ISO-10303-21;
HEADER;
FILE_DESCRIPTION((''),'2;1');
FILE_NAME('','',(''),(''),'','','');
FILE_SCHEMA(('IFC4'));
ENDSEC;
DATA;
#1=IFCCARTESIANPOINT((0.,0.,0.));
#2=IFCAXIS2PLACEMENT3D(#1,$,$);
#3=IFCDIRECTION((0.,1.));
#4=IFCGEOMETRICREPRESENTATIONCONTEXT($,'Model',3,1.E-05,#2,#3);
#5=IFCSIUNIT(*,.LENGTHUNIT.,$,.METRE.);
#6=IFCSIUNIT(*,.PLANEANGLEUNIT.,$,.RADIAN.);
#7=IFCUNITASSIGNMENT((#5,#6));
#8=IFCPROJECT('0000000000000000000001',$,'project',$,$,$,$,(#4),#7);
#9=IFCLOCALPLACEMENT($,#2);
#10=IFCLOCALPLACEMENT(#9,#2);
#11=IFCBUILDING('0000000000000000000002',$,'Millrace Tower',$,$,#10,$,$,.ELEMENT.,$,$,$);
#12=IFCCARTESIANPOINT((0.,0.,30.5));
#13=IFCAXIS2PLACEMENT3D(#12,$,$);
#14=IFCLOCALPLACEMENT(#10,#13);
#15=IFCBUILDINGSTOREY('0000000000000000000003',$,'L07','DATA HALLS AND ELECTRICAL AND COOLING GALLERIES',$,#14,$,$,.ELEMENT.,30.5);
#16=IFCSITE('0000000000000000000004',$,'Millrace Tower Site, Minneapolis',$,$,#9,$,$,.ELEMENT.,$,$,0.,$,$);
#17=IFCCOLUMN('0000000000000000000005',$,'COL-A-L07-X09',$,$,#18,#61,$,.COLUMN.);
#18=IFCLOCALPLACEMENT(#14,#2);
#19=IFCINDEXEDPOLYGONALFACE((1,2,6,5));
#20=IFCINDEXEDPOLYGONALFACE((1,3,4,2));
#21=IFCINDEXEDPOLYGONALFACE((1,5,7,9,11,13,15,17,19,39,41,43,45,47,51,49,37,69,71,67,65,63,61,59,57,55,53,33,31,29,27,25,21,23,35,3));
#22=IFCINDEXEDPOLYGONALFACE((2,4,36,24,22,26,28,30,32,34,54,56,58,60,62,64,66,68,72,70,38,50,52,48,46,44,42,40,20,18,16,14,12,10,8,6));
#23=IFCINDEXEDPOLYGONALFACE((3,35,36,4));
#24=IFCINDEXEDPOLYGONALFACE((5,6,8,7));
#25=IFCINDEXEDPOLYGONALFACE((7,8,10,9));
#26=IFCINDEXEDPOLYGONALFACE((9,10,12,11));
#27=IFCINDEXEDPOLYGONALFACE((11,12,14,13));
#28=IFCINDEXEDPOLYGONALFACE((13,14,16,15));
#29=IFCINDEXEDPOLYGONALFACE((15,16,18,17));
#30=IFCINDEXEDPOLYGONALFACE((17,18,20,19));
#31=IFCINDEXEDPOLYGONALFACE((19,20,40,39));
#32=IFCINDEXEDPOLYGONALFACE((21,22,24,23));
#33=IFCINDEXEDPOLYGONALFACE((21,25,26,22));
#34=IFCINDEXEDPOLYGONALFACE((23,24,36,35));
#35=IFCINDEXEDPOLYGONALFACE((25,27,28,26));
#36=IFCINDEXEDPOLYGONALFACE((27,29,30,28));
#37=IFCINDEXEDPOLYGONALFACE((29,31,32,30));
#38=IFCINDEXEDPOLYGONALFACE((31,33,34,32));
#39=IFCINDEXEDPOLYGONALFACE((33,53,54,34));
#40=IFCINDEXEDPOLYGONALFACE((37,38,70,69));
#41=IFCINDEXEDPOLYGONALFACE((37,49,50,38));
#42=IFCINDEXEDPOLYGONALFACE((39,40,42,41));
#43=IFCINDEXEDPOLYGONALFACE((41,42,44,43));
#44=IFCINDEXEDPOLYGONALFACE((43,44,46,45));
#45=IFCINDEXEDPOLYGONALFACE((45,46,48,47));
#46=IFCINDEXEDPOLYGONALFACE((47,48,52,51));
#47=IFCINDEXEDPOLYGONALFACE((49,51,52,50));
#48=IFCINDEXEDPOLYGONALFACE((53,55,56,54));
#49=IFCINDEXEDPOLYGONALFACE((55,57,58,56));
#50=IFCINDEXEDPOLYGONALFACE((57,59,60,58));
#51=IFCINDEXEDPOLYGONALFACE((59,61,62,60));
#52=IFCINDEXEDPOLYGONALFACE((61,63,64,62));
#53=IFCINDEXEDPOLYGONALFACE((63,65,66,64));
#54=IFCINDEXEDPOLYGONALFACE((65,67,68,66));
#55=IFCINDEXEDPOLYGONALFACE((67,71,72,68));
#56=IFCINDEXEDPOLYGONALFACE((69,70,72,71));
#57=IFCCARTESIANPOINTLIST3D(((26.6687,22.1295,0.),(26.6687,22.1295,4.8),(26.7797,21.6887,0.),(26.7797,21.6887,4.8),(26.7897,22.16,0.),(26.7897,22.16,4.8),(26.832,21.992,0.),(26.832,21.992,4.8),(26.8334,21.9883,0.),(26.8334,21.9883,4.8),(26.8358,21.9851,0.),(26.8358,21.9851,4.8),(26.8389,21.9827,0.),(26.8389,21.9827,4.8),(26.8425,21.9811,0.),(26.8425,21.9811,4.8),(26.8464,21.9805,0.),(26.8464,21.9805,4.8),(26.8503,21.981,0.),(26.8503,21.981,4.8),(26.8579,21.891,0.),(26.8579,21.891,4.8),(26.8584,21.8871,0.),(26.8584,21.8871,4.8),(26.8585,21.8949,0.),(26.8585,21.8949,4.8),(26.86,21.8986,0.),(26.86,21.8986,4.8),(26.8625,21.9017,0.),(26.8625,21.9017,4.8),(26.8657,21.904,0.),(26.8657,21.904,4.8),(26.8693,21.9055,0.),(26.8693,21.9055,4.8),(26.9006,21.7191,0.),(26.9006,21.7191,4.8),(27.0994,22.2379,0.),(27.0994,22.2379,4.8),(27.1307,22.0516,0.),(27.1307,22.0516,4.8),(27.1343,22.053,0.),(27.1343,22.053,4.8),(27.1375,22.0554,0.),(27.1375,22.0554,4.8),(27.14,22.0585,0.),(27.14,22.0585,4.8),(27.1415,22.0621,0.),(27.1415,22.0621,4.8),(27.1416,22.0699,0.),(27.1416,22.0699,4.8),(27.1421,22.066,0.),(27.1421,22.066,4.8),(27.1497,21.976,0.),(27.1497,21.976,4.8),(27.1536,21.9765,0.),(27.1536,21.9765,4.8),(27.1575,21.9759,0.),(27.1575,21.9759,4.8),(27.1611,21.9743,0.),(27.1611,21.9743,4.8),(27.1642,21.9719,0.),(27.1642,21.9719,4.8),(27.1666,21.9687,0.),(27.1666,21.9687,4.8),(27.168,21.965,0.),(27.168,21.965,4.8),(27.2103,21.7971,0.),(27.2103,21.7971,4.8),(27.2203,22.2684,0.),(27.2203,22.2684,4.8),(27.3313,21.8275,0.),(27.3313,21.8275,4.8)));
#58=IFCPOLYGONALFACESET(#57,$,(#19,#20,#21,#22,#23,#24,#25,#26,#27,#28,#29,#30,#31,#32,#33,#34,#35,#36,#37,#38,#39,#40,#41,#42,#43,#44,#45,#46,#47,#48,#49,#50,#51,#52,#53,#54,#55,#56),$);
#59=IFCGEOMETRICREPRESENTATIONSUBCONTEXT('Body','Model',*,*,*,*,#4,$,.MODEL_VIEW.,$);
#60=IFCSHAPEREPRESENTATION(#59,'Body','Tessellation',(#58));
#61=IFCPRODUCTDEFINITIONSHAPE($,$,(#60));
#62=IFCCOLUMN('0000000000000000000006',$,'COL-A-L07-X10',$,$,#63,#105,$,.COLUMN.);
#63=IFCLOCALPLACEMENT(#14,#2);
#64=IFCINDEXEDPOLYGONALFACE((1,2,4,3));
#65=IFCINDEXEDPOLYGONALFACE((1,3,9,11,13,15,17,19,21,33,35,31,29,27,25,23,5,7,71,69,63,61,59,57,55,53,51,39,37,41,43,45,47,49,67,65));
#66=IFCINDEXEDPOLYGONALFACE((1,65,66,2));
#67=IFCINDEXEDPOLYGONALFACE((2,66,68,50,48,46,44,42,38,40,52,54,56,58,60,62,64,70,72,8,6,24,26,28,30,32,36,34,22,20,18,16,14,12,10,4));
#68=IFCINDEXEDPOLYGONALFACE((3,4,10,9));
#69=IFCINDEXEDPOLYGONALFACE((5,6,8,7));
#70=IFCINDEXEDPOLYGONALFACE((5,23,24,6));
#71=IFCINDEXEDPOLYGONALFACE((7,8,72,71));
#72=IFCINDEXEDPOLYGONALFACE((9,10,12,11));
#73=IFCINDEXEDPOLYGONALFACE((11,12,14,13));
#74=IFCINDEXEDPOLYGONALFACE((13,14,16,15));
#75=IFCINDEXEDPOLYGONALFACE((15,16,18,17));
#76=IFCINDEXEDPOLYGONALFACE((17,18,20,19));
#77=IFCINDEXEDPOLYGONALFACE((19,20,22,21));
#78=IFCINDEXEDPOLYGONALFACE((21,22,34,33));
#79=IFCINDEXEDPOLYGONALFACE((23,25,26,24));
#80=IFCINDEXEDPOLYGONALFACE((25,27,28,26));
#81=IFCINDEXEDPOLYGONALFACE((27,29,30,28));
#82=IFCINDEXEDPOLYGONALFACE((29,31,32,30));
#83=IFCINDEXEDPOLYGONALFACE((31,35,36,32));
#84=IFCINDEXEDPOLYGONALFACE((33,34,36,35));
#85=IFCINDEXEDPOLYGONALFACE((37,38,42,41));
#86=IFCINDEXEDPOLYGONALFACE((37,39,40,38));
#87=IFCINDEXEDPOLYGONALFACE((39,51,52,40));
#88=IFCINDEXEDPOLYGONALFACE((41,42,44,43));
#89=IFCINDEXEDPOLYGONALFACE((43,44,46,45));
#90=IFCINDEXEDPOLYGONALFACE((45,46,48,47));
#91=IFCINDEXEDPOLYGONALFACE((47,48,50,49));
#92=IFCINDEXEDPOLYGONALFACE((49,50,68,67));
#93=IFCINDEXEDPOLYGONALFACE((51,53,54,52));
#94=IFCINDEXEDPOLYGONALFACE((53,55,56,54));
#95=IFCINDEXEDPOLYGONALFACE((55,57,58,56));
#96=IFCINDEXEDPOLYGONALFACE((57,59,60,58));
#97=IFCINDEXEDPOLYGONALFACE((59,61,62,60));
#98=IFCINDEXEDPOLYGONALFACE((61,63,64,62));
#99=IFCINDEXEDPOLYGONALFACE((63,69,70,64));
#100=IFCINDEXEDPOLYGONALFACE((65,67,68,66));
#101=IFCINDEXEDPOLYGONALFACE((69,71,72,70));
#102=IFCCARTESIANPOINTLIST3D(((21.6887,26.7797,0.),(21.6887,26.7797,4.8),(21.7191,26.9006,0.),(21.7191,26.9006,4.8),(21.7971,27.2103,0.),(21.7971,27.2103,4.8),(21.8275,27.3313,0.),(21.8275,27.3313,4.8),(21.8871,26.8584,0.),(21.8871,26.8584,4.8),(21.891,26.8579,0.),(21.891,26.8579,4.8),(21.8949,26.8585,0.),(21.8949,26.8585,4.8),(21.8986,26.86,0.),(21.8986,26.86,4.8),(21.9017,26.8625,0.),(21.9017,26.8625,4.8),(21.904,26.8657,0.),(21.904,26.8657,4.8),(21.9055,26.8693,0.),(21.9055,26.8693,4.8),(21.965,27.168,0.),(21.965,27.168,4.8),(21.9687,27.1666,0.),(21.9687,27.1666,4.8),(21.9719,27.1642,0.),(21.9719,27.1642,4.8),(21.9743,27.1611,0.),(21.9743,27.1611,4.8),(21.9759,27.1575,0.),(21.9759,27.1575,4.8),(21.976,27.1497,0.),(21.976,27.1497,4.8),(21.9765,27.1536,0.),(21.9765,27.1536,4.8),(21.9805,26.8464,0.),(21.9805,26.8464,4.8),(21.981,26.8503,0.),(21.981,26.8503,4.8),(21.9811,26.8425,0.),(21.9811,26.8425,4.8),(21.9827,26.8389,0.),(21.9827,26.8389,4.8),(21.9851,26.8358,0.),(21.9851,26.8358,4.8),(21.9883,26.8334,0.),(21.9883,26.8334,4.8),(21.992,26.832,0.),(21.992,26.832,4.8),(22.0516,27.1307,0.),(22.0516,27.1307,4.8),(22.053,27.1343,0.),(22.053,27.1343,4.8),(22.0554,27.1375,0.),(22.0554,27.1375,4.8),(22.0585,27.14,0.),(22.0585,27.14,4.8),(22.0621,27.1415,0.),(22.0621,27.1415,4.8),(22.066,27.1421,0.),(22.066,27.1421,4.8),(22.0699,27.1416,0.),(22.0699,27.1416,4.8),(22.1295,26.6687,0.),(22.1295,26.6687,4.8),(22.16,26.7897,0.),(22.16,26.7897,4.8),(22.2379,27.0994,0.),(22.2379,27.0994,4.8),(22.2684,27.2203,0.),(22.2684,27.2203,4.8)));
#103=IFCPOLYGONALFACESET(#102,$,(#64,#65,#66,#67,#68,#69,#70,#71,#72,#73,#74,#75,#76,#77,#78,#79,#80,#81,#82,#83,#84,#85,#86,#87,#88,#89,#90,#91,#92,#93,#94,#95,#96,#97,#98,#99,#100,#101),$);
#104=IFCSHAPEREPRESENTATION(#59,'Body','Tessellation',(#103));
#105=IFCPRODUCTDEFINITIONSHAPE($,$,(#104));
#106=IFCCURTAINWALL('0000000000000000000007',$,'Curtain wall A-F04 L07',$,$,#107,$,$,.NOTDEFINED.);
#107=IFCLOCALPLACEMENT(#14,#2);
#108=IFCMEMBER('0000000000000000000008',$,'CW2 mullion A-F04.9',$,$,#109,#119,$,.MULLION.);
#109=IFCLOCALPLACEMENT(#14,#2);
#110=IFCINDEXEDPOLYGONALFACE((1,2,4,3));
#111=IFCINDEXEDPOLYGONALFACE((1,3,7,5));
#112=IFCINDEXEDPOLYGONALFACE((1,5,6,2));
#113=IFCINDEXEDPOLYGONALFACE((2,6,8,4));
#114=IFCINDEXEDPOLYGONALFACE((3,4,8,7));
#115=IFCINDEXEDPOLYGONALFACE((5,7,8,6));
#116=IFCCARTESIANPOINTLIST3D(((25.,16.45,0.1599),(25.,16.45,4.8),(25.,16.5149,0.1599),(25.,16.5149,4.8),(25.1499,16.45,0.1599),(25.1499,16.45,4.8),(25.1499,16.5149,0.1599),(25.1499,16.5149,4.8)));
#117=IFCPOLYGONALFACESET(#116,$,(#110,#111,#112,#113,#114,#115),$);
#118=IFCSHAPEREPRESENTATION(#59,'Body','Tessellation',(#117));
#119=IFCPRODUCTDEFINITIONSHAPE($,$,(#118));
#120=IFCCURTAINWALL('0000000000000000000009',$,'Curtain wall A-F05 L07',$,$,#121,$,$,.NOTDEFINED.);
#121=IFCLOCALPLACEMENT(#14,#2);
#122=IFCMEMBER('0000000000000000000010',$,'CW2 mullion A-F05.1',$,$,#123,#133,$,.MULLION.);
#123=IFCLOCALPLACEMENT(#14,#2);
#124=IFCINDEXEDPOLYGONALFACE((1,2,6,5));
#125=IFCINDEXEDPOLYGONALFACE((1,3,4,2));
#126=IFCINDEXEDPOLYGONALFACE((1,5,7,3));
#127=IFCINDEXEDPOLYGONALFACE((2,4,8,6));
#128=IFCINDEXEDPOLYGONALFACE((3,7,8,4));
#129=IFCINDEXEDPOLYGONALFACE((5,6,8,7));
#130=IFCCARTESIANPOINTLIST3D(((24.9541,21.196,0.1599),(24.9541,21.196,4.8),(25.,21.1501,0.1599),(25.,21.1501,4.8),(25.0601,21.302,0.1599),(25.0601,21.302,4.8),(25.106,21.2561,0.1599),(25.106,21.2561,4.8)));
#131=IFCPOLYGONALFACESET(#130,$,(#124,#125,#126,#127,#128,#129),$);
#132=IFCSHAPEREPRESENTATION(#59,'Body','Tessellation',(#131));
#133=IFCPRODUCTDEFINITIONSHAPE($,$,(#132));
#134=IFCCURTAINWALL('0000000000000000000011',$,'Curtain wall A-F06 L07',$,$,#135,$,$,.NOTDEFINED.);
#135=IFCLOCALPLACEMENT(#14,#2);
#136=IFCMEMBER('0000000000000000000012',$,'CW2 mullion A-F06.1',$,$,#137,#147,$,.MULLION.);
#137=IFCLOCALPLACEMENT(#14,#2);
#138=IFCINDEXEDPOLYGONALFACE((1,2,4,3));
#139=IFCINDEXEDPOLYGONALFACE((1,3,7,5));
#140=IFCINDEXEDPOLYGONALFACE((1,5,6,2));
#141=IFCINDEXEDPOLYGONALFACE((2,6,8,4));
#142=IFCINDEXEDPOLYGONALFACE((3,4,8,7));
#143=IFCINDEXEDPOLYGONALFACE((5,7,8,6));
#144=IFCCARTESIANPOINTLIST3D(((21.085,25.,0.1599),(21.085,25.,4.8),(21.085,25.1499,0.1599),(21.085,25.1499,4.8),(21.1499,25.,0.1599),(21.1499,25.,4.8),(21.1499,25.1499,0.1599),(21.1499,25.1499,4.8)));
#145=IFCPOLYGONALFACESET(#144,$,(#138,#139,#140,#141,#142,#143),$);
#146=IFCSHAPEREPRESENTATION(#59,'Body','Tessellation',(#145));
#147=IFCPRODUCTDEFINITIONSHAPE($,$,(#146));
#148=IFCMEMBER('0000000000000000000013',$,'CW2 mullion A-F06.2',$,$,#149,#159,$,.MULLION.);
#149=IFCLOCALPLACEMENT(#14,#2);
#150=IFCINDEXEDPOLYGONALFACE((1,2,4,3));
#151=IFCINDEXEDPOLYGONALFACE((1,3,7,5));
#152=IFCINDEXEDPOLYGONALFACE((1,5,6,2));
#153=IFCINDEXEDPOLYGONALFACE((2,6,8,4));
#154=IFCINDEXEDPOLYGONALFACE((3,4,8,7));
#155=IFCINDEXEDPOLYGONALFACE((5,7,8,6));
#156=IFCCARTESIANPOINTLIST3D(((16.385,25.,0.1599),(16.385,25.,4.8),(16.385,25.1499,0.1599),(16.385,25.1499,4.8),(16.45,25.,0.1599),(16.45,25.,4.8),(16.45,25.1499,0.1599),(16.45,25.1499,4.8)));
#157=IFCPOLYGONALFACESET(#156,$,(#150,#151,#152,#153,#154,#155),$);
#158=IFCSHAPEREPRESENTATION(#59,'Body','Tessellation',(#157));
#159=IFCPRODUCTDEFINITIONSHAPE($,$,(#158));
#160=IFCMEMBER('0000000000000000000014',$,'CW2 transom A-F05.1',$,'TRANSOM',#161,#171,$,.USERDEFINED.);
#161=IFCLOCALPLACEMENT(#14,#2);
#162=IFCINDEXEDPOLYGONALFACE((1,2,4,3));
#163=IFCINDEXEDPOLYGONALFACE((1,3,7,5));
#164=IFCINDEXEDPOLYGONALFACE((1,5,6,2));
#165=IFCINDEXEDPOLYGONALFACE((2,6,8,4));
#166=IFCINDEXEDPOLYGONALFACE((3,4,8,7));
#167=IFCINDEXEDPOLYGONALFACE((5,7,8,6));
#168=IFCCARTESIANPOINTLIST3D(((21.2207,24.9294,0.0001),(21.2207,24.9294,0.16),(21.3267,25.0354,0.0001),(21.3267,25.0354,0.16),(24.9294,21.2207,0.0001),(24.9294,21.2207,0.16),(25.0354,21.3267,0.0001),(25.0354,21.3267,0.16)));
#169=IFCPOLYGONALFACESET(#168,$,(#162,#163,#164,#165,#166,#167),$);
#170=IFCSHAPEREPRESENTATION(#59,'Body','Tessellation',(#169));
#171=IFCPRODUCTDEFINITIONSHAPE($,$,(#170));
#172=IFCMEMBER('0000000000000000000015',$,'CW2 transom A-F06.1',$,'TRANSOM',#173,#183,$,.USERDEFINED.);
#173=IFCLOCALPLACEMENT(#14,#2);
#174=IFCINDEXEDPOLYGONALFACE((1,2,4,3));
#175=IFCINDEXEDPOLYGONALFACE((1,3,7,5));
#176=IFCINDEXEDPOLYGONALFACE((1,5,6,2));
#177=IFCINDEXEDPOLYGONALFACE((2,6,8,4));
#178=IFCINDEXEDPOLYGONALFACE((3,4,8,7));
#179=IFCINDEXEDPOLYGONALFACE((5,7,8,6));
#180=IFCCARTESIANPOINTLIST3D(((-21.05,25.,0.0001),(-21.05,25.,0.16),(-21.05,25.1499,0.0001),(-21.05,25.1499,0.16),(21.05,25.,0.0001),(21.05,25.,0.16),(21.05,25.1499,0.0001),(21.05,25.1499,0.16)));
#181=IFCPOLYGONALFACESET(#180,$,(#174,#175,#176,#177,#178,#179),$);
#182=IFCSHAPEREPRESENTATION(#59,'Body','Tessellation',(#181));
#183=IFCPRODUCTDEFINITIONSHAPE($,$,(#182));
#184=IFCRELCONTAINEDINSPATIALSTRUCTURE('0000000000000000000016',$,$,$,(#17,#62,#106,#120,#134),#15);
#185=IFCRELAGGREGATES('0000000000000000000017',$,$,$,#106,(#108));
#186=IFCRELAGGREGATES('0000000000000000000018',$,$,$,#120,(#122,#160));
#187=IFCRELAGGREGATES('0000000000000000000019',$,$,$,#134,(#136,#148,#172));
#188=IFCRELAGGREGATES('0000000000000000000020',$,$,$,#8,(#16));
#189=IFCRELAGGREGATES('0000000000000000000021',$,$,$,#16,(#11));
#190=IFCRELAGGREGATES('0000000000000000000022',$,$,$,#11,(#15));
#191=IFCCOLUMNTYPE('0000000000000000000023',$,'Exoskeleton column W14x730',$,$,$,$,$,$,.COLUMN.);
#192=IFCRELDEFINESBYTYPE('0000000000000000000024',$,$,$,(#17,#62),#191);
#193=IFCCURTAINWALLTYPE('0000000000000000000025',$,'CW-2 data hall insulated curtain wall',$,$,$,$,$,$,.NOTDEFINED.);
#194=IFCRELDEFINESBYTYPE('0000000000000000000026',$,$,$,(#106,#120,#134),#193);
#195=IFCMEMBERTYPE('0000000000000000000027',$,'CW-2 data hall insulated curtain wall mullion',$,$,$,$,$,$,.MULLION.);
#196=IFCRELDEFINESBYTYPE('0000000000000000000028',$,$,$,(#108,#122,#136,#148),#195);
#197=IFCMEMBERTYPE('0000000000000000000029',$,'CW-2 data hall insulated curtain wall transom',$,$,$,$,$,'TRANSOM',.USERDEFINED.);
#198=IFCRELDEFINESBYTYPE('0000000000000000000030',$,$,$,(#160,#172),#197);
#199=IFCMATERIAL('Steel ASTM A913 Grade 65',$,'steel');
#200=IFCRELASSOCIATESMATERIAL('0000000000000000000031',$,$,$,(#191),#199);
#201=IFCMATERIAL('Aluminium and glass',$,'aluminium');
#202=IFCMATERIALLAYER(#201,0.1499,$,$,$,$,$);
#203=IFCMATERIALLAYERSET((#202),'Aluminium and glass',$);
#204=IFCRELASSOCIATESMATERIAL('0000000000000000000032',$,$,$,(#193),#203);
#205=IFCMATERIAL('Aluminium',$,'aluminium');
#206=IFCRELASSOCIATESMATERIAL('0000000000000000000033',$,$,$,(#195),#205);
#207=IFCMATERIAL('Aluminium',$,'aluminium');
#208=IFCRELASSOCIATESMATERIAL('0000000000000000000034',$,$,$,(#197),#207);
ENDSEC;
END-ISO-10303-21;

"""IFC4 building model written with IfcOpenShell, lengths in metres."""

from ifc_helpers import new_model, si_unit, direction, frame, origin, origin_2d, place, context, subcontext, project, spatial, rectangle, i_section, extrude, material, layer, layer_set, material_profile, profile_set, type_object, element, aggregate, save


model = new_model("IFC4")

# Units and contexts
model_context = context("Model", 3, precision=1e-05, world=origin(), true_north=direction((0.0, 1.0)))
body_context = subcontext(model_context, "Body", "Model", "MODEL_VIEW")
ifc_project = project(units=[si_unit("LENGTHUNIT", "METRE"), si_unit("PLANEANGLEUNIT", "RADIAN")], contexts=[model_context])

# Site, building, storey
site_placement = place(None, origin())
site = spatial("IfcSite", under=ifc_project, at=site_placement, Name="Millrace Tower Site, Minneapolis", CompositionType="ELEMENT", RefElevation=0.0)
building_placement = place(site_placement, origin())
building = spatial("IfcBuilding", under=site, at=building_placement, Name="Millrace Tower", CompositionType="ELEMENT")
storey_placement = place(building_placement, frame((0.0, 0.0, 30.5)))
storey = spatial("IfcBuildingStorey", under=building, at=storey_placement, Name="L07", Description="DATA HALLS AND ELECTRICAL AND COOLING GALLERIES", CompositionType="ELEMENT", Elevation=30.5)

# Columns
ifc_material_1 = material(Name="Steel ASTM A913 Grade 65", Category="steel")
ifc_material_profile_1 = material_profile(ifc_material_1, i_section(OverallWidth=0.4546, OverallDepth=0.5688, WebThickness=0.0779, FlangeThickness=0.1248, FilletRadius=0.0151, at=origin_2d()))
ifc_profile_set_1 = profile_set([ifc_material_profile_1], Name="Steel ASTM A913 Grade 65")
column_type = type_object("IfcColumnType", Name="Exoskeleton column W14x730", PredefinedType="COLUMN", material=ifc_profile_set_1)
for number, where, z_axis, x_axis, name in (
    (1, (27.0, 21.9785, 0.0), (0.0, 0.0, 1.0), (-0.244094, 0.969752, 0.0), "COL-A-L07-X09"),
    (2, (21.9785, 27.0, 0.0), (0.0, 0.0, 1.0), (-0.969752, 0.244094, 0.0), "COL-A-L07-X10"),
):
    element("IfcColumn", number, at=place(storey_placement, frame(where, z_axis=z_axis, x_axis=x_axis)), inside=storey, type_object=column_type, Name=name, PredefinedType="COLUMN", context=body_context, shape_type="SweptSolid", body=[
        extrude(i_section(OverallWidth=0.4546, OverallDepth=0.5688, WebThickness=0.0779, FlangeThickness=0.1248, FilletRadius=0.0151, at=origin_2d()), origin(), (0.0, 0.0, 1.0), 4.8),
    ])

# Curtain walls, members
ifc_material_2 = material(Name="Aluminium and glass", Category="aluminium")
ifc_layer_1 = layer(ifc_material_2, 0.1499)
ifc_layer_set_1 = layer_set([ifc_layer_1], Name="Aluminium and glass")
curtain_wall_type = type_object("IfcCurtainWallType", Name="CW-2 data hall insulated curtain wall", PredefinedType="NOTDEFINED", material=ifc_layer_set_1)
placement = place(storey_placement, origin())
curtain_wall_1 = element("IfcCurtainWall", 3, at=placement, inside=storey, type_object=curtain_wall_type, Name="Curtain wall A-F04 L07", PredefinedType="NOTDEFINED")
ifc_material_3 = material(Name="Aluminium", Category="aluminium")
ifc_material_profile_2 = material_profile(ifc_material_3, rectangle(XDim=0.0649, YDim=0.1499, at=origin_2d()))
ifc_profile_set_2 = profile_set([ifc_material_profile_2], Name="Aluminium")
member_type_1 = type_object("IfcMemberType", Name="CW-2 data hall insulated curtain wall mullion", PredefinedType="MULLION", material=ifc_profile_set_2)
member_1_placement = place(storey_placement, frame((25.075, 16.4824, 0.1599), z_axis=(0.0, 0.0, 1.0), x_axis=(0.0, 1.0, 0.0)))
member_1 = element("IfcMember", 4, at=member_1_placement, type_object=member_type_1, Name="CW2 mullion A-F04.9", PredefinedType="MULLION", context=body_context, shape_type="SweptSolid", body=[
    extrude(rectangle(XDim=0.0649, YDim=0.1499, at=origin_2d()), origin(), (0.0, 0.0, 1.0), 4.6401),
])
aggregate(curtain_wall_1, [member_1])
curtain_wall_2 = element("IfcCurtainWall", 5, at=placement, inside=storey, type_object=curtain_wall_type, Name="Curtain wall A-F05 L07", PredefinedType="NOTDEFINED")
member_2_placement = place(storey_placement, frame((25.03, 21.2261, 0.1599), z_axis=(0.0, 0.0, 1.0), x_axis=(-0.707107, 0.707107, 0.0)))
member_2 = element("IfcMember", 6, at=member_2_placement, type_object=member_type_1, Name="CW2 mullion A-F05.1", PredefinedType="MULLION", context=body_context, shape_type="SweptSolid", body=[
    extrude(rectangle(XDim=0.0649, YDim=0.1499, at=origin_2d()), origin(), (0.0, 0.0, 1.0), 4.6401),
])

# Curtain wall, members
curtain_wall_3 = element("IfcCurtainWall", 7, at=placement, inside=storey, type_object=curtain_wall_type, Name="Curtain wall A-F06 L07", PredefinedType="NOTDEFINED")
member_3_placement = place(storey_placement, frame((21.1174, 25.075, 0.1599), z_axis=(0.0, 0.0, 1.0), x_axis=(-1.0, 0.0, 0.0)))
member_3 = element("IfcMember", 8, at=member_3_placement, type_object=member_type_1, Name="CW2 mullion A-F06.1", PredefinedType="MULLION", context=body_context, shape_type="SweptSolid", body=[
    extrude(rectangle(XDim=0.0649, YDim=0.1499, at=origin_2d()), origin(), (0.0, 0.0, 1.0), 4.6401),
])
member_4_placement = place(storey_placement, frame((16.4175, 25.075, 0.1599), z_axis=(0.0, 0.0, 1.0), x_axis=(-1.0, 0.0, 0.0)))
member_4 = element("IfcMember", 9, at=member_4_placement, type_object=member_type_1, Name="CW2 mullion A-F06.2", PredefinedType="MULLION", context=body_context, shape_type="SweptSolid", body=[
    extrude(rectangle(XDim=0.0649, YDim=0.1499, at=origin_2d()), origin(), (0.0, 0.0, 1.0), 4.6401),
])

# Members
ifc_material_4 = material(Name="Aluminium", Category="aluminium")
ifc_material_profile_3 = material_profile(ifc_material_4, rectangle(XDim=0.1499, YDim=0.1599, at=origin_2d()))
ifc_profile_set_3 = profile_set([ifc_material_profile_3], Name="Aluminium")
member_type_2 = type_object("IfcMemberType", Name="CW-2 data hall insulated curtain wall transom", ElementType="TRANSOM", PredefinedType="USERDEFINED", material=ifc_profile_set_3)
member_5_placement = place(storey_placement, frame((24.9824, 21.2737, 0.0801), z_axis=(-0.707107, 0.707107, 0.0), x_axis=(-0.707107, -0.707107, 0.0)))
member_5 = element("IfcMember", 10, at=member_5_placement, type_object=member_type_2, Name="CW2 transom A-F05.1", ObjectType="TRANSOM", PredefinedType="USERDEFINED", context=body_context, shape_type="SweptSolid", body=[
    extrude(rectangle(XDim=0.1499, YDim=0.1599, at=origin_2d()), origin(), (0.0, 0.0, 1.0), 5.2449),
])
aggregate(curtain_wall_2, [member_2, member_5])
member_6_placement = place(storey_placement, frame((21.05, 25.075, 0.0801), z_axis=(-1.0, 0.0, 0.0), x_axis=(0.0, -1.0, 0.0)))
member_6 = element("IfcMember", 11, at=member_6_placement, type_object=member_type_2, Name="CW2 transom A-F06.1", ObjectType="TRANSOM", PredefinedType="USERDEFINED", context=body_context, shape_type="SweptSolid", body=[
    extrude(rectangle(XDim=0.1499, YDim=0.1599, at=origin_2d()), origin(), (0.0, 0.0, 1.0), 42.1001),
])
aggregate(curtain_wall_3, [member_3, member_4, member_6])

save(model, "model.ifc")
